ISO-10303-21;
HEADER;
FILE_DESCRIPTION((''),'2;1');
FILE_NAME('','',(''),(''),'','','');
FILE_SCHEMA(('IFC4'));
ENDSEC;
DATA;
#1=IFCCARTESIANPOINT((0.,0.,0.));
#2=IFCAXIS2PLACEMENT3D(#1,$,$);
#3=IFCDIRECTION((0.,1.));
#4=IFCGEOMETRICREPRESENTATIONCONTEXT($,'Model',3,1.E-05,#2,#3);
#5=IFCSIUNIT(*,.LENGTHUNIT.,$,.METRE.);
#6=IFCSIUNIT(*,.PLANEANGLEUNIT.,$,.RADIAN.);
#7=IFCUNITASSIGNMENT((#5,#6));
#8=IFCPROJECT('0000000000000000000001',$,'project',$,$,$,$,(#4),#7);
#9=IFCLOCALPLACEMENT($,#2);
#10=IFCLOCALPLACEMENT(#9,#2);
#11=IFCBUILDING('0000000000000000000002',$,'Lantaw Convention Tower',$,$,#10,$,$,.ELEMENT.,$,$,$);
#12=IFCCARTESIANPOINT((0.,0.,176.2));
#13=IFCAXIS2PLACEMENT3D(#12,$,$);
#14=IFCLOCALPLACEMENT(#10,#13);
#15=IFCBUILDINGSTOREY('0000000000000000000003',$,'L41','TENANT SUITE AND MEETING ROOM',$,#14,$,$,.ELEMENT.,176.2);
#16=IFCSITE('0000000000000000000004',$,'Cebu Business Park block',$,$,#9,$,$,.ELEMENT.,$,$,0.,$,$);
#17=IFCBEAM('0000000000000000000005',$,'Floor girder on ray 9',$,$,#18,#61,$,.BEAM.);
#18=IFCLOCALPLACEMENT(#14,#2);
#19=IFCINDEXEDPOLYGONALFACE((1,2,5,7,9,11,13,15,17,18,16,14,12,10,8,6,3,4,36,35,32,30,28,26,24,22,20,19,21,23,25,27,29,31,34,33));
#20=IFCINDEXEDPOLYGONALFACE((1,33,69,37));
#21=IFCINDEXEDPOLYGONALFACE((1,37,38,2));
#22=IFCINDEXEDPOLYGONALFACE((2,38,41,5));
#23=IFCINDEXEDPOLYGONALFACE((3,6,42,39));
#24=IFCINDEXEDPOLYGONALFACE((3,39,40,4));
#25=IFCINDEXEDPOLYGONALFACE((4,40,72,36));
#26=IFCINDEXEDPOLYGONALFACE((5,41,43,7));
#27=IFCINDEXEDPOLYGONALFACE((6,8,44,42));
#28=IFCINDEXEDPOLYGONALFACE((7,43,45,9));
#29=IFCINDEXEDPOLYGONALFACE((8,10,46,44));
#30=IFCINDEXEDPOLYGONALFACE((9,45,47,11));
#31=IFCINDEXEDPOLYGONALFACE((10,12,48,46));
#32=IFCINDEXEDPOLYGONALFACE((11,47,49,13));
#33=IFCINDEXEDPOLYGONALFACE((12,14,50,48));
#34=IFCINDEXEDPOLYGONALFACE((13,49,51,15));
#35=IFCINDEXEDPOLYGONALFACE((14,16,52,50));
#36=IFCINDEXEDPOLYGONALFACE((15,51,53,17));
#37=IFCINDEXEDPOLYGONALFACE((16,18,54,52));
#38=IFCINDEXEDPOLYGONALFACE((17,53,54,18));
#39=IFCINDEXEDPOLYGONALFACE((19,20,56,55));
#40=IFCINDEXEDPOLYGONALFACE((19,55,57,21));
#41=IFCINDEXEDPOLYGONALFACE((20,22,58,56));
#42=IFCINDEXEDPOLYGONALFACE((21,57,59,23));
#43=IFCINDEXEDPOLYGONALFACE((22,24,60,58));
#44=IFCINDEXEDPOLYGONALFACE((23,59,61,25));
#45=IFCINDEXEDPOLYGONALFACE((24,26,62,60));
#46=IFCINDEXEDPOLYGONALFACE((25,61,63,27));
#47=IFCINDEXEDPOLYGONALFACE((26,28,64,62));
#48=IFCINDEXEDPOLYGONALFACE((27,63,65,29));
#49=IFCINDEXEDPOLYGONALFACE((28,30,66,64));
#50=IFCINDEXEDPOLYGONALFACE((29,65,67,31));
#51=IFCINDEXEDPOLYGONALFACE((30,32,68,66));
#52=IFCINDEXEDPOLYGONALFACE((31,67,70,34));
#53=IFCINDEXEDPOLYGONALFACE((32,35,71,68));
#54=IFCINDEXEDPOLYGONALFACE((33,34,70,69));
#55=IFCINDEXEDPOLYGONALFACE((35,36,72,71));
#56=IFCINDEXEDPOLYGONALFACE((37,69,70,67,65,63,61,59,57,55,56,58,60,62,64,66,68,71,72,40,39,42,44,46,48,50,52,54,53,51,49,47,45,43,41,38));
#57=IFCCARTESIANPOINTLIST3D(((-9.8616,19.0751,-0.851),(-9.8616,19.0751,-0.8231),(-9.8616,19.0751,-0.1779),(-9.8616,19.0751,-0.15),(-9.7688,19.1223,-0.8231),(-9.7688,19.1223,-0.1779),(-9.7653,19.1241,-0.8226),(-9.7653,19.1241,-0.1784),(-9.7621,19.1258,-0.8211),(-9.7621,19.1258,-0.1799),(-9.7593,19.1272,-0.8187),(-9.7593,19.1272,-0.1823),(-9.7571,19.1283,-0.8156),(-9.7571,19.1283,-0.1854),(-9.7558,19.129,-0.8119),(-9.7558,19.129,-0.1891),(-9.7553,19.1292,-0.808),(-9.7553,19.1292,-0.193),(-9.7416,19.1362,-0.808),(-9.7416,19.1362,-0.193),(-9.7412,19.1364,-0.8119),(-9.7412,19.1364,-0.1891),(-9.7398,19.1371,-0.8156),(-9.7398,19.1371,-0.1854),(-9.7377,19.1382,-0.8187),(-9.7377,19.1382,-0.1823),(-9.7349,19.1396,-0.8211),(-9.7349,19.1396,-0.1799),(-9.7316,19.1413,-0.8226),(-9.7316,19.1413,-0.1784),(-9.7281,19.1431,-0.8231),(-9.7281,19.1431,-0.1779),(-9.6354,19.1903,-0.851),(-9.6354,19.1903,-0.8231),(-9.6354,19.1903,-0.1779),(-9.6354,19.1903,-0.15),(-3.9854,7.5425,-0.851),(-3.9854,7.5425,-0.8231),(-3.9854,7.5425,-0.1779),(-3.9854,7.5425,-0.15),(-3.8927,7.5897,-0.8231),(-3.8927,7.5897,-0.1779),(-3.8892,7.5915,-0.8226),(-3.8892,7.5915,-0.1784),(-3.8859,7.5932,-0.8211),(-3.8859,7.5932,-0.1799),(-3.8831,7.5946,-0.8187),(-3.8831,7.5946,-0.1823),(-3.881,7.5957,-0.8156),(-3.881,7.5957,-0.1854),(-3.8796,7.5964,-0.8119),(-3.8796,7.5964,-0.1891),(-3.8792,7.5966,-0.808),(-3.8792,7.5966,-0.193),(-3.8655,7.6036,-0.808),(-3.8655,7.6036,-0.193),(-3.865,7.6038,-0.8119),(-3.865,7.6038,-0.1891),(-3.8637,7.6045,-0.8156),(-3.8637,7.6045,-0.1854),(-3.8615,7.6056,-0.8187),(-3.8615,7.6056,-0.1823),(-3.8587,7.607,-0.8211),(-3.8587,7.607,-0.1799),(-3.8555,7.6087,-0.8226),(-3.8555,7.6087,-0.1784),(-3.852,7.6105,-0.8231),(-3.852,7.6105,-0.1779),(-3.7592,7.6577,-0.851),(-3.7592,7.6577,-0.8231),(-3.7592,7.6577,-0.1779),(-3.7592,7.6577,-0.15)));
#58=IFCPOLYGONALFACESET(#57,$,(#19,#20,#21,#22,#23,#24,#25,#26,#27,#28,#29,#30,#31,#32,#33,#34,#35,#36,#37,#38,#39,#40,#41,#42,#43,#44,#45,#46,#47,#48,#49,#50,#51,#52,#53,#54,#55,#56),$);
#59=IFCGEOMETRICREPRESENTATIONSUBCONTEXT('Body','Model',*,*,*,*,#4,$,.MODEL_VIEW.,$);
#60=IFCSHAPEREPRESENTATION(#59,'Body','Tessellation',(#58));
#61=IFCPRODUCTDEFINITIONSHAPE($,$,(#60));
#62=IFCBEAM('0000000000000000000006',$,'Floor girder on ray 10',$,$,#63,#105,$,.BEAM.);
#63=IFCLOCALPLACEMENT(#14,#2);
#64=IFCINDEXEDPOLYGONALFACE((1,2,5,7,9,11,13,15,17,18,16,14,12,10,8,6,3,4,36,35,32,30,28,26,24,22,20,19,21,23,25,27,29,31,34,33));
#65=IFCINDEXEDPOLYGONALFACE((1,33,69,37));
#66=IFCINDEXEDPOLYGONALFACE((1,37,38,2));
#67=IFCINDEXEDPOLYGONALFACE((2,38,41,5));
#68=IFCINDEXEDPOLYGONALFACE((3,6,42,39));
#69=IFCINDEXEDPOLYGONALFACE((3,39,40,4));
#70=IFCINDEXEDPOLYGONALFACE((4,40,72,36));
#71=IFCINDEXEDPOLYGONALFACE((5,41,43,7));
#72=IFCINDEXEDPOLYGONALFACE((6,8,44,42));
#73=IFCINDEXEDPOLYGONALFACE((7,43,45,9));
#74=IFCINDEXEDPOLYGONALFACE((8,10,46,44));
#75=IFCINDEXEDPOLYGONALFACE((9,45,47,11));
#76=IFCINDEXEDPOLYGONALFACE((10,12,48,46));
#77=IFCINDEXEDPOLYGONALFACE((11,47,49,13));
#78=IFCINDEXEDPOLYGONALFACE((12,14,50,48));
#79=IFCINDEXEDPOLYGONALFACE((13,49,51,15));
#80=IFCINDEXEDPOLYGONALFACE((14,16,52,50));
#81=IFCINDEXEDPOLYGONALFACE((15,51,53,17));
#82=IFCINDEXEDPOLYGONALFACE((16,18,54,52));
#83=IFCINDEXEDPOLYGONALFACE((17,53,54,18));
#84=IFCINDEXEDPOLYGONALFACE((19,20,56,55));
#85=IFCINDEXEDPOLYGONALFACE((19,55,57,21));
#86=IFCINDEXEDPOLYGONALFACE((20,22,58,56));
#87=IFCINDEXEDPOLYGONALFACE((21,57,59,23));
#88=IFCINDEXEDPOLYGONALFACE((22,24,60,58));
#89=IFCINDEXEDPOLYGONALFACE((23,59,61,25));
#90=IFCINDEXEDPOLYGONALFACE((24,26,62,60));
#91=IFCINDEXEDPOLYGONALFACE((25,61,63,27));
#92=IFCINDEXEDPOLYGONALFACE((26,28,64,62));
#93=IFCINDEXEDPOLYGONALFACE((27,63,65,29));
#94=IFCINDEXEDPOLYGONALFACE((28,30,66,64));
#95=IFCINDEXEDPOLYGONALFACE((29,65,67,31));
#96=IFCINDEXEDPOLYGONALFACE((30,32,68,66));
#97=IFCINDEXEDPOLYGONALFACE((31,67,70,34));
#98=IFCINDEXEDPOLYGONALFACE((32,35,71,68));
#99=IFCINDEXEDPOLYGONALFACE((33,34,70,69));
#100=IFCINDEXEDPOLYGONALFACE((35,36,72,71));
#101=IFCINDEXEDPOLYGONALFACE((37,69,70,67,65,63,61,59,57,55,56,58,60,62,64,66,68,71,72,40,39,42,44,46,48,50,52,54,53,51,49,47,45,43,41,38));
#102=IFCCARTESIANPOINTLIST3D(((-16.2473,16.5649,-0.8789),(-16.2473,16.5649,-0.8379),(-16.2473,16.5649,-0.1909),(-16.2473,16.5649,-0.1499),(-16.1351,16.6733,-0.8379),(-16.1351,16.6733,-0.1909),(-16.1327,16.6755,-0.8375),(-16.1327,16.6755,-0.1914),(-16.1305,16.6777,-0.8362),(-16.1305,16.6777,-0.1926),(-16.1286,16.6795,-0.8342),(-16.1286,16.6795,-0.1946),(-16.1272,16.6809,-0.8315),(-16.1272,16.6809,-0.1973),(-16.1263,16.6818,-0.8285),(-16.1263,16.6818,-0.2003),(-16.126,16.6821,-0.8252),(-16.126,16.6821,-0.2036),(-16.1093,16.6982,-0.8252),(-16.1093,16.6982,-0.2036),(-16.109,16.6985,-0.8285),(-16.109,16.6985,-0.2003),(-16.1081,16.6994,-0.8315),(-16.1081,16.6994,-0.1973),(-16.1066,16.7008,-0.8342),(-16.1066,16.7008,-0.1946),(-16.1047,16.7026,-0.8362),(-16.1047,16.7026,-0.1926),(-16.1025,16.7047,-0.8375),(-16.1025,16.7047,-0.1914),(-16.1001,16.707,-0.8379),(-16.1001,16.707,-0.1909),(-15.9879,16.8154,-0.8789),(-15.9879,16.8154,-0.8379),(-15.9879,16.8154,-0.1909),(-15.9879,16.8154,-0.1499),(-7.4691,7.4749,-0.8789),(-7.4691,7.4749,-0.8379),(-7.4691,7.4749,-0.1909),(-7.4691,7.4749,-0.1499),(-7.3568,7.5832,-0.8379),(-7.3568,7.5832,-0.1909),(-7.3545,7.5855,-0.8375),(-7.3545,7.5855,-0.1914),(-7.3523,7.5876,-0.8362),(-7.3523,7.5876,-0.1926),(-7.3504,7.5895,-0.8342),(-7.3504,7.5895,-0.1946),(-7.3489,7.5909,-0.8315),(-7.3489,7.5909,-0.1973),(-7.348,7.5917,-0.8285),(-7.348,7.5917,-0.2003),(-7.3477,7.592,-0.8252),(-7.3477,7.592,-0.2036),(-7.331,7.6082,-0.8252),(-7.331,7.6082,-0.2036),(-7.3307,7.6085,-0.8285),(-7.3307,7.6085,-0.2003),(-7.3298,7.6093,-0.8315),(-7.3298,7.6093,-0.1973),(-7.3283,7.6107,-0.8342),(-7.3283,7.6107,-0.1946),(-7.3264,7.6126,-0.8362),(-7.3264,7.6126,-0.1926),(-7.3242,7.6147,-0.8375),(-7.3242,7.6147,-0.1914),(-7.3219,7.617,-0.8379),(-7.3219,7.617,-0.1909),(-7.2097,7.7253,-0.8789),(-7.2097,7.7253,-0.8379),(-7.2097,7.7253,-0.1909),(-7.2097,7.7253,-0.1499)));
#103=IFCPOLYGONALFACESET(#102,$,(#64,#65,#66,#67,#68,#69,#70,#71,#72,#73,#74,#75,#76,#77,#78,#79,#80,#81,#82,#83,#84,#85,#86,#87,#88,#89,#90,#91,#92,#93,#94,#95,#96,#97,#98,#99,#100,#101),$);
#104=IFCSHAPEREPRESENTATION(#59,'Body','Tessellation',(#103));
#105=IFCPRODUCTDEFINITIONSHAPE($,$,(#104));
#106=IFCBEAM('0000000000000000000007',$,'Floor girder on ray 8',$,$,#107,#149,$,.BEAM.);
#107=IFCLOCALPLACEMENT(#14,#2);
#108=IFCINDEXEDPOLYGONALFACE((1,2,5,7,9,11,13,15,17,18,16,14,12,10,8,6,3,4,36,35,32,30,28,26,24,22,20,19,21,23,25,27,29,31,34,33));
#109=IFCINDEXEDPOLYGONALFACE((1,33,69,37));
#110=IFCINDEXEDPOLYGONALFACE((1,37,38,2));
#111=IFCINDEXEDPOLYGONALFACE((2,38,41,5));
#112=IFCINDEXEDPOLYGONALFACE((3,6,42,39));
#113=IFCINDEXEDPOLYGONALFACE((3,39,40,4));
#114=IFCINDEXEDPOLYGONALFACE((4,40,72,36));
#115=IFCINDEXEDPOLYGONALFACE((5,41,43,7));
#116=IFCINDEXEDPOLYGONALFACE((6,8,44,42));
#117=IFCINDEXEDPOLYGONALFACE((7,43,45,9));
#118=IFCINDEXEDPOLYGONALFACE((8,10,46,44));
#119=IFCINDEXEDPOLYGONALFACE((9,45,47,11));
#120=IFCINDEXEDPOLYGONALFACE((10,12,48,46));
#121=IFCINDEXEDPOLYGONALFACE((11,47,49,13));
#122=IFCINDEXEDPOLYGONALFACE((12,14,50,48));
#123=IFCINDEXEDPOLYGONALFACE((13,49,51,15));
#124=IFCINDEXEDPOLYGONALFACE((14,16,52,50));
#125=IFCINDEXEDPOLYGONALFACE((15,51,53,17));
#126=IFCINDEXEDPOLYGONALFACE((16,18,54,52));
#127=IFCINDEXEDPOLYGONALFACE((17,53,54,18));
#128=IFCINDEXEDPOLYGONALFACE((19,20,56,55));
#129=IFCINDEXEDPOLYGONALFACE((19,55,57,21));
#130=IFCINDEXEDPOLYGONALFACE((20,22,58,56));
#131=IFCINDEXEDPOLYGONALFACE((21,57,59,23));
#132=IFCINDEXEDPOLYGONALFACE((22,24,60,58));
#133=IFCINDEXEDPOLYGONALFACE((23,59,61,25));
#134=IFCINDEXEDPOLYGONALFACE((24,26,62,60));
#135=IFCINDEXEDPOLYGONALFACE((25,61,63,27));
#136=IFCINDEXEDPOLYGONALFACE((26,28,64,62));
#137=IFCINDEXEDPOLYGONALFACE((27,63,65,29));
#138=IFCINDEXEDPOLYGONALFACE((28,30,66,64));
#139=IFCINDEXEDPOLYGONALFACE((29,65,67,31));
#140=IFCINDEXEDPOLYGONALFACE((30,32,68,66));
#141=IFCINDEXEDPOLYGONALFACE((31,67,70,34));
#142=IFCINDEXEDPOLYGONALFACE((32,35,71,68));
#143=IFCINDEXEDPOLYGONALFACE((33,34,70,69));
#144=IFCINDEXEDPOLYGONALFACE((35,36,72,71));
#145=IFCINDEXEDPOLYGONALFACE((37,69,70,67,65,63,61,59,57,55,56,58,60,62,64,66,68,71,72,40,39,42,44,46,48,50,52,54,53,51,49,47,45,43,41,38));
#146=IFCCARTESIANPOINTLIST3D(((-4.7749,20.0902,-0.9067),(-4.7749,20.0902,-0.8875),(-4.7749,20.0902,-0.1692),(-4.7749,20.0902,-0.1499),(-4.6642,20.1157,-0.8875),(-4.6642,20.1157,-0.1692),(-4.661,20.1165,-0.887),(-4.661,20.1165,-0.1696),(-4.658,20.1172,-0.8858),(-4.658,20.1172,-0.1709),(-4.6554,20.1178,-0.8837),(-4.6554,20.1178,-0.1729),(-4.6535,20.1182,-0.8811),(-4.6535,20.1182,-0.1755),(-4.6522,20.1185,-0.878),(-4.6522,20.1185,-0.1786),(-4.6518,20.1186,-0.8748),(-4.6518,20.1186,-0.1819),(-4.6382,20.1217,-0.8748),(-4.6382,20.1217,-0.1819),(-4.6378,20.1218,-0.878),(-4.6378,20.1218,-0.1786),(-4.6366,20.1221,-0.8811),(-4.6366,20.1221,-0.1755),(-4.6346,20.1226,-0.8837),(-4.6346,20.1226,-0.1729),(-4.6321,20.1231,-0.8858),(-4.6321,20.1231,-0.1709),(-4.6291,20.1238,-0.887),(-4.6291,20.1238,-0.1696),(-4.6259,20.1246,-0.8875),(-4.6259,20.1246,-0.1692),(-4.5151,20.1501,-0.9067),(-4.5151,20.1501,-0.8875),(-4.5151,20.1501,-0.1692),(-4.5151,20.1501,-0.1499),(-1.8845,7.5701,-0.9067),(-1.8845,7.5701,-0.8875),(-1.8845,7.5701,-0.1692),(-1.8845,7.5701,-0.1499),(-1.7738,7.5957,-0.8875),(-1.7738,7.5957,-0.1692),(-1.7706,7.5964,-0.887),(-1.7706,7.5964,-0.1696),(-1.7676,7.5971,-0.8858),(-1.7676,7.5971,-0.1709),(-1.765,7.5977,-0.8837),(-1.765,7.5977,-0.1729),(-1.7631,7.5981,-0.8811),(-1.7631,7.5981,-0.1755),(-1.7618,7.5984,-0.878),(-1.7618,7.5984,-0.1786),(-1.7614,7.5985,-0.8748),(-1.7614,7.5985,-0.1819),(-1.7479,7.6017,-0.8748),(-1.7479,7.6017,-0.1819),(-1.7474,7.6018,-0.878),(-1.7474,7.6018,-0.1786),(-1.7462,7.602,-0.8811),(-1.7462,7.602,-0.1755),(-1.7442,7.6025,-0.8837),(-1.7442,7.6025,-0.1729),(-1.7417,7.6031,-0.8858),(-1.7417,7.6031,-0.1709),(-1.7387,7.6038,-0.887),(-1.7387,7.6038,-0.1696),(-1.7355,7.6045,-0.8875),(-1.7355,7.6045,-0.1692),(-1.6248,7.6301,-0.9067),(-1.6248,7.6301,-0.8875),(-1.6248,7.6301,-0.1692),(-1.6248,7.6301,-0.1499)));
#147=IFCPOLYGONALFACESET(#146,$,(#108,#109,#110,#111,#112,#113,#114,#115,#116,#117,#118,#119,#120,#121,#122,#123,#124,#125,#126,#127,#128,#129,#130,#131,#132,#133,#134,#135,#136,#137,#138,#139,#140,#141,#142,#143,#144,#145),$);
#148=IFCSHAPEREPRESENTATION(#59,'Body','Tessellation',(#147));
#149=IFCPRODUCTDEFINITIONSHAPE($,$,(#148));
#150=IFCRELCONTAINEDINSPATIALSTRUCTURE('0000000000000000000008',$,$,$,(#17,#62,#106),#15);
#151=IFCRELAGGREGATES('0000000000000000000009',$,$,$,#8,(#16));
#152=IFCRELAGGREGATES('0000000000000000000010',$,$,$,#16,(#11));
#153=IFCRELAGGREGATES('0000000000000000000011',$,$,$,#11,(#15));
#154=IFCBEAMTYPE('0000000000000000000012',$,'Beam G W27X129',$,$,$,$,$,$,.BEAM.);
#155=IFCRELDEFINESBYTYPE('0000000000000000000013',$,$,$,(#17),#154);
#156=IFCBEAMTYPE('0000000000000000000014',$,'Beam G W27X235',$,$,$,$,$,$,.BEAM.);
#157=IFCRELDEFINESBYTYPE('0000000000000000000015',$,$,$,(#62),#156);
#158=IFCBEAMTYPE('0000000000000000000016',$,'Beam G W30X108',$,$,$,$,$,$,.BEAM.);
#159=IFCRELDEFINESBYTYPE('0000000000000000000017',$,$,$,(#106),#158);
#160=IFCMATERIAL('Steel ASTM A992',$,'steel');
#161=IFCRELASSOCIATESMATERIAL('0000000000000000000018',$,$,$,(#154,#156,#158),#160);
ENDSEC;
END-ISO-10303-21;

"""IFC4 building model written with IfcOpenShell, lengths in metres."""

from ifc_helpers import new_model, si_unit, direction, frame, origin, origin_2d, place, context, subcontext, project, spatial, i_section, extrude, material, material_profile, profile_set, type_object, element, save


model = new_model("IFC4")

# Units and contexts
model_context = context("Model", 3, precision=1e-05, world=origin(), true_north=direction((0.0, 1.0)))
body_context = subcontext(model_context, "Body", "Model", "MODEL_VIEW")
ifc_project = project(units=[si_unit("LENGTHUNIT", "METRE"), si_unit("PLANEANGLEUNIT", "RADIAN")], contexts=[model_context])

# Site, building, storey
site_placement = place(None, origin())
site = spatial("IfcSite", under=ifc_project, at=site_placement, Name="Cebu Business Park block", CompositionType="ELEMENT", RefElevation=0.0)
building_placement = place(site_placement, origin())
building = spatial("IfcBuilding", under=site, at=building_placement, Name="Lantaw Convention Tower", CompositionType="ELEMENT")
storey_placement = place(building_placement, frame((0.0, 0.0, 176.2)))
storey = spatial("IfcBuildingStorey", under=building, at=storey_placement, Name="L41", Description="TENANT SUITE AND MEETING ROOM", CompositionType="ELEMENT", Elevation=176.2)

# Beams
ifc_material_1 = material(Name="Steel ASTM A992", Category="steel")
ifc_material_profile_1 = material_profile(ifc_material_1, i_section(OverallWidth=0.2539, OverallDepth=0.7009, WebThickness=0.0154, FlangeThickness=0.0278, FilletRadius=0.0151, at=origin_2d()), Name="W27X129")
ifc_profile_set_1 = profile_set([ifc_material_profile_1], Name="Steel ASTM A992")
beam_type_1 = type_object("IfcBeamType", Name="Beam G W27X129", PredefinedType="BEAM", material=ifc_profile_set_1)
beam_1_placement = place(storey_placement, frame((-3.8723, 7.6001, -0.5005), z_axis=(-0.453991, 0.891006, 0.0), x_axis=(-0.891006, -0.453991, 0.0)))
element("IfcBeam", 1, at=beam_1_placement, inside=storey, type_object=beam_type_1, Name="Floor girder on ray 9", PredefinedType="BEAM", context=body_context, shape_type="SweptSolid", body=[
    extrude(i_section(OverallWidth=0.2539, OverallDepth=0.7009, WebThickness=0.0154, FlangeThickness=0.0278, FilletRadius=0.0151, at=origin_2d()), origin(), (0.0, 0.0, 1.0), 12.9434),
])
ifc_material_profile_2 = material_profile(ifc_material_1, i_section(OverallWidth=0.3606, OverallDepth=0.729, WebThickness=0.0232, FlangeThickness=0.041, FilletRadius=0.0127, at=origin_2d()), Name="W27X235")
ifc_profile_set_2 = profile_set([ifc_material_profile_2], Name="Steel ASTM A992")
beam_type_2 = type_object("IfcBeamType", Name="Beam G W27X235", PredefinedType="BEAM", material=ifc_profile_set_2)
beam_2_placement = place(storey_placement, frame((-7.3394, 7.6001, -0.5144), z_axis=(-0.694663, 0.719335, 0.0), x_axis=(-0.719335, -0.694663, 0.0)))
element("IfcBeam", 2, at=beam_2_placement, inside=storey, type_object=beam_type_2, Name="Floor girder on ray 10", PredefinedType="BEAM", context=body_context, shape_type="SweptSolid", body=[
    extrude(i_section(OverallWidth=0.3606, OverallDepth=0.729, WebThickness=0.0232, FlangeThickness=0.041, FilletRadius=0.0127, at=origin_2d()), origin(), (0.0, 0.0, 1.0), 12.6367),
])
ifc_material_profile_3 = material_profile(ifc_material_1, i_section(OverallWidth=0.2666, OverallDepth=0.7568, WebThickness=0.0139, FlangeThickness=0.0193, FilletRadius=0.0127, at=origin_2d()), Name="W30X108")
ifc_profile_set_3 = profile_set([ifc_material_profile_3], Name="Steel ASTM A992")
beam_type_3 = type_object("IfcBeamType", Name="Beam G W30X108", PredefinedType="BEAM", material=ifc_profile_set_3)
beam_3_placement = place(storey_placement, frame((-1.7546, 7.6001, -0.5283), z_axis=(-0.224944, 0.974372, 0.0), x_axis=(-0.974372, -0.224944, 0.0)))
element("IfcBeam", 3, at=beam_3_placement, inside=storey, type_object=beam_type_3, Name="Floor girder on ray 8", PredefinedType="BEAM", context=body_context, shape_type="SweptSolid", body=[
    extrude(i_section(OverallWidth=0.2666, OverallDepth=0.7568, WebThickness=0.0139, FlangeThickness=0.0193, FilletRadius=0.0127, at=origin_2d()), origin(), (0.0, 0.0, 1.0), 12.8494),
])

save(model, "model.ifc")
